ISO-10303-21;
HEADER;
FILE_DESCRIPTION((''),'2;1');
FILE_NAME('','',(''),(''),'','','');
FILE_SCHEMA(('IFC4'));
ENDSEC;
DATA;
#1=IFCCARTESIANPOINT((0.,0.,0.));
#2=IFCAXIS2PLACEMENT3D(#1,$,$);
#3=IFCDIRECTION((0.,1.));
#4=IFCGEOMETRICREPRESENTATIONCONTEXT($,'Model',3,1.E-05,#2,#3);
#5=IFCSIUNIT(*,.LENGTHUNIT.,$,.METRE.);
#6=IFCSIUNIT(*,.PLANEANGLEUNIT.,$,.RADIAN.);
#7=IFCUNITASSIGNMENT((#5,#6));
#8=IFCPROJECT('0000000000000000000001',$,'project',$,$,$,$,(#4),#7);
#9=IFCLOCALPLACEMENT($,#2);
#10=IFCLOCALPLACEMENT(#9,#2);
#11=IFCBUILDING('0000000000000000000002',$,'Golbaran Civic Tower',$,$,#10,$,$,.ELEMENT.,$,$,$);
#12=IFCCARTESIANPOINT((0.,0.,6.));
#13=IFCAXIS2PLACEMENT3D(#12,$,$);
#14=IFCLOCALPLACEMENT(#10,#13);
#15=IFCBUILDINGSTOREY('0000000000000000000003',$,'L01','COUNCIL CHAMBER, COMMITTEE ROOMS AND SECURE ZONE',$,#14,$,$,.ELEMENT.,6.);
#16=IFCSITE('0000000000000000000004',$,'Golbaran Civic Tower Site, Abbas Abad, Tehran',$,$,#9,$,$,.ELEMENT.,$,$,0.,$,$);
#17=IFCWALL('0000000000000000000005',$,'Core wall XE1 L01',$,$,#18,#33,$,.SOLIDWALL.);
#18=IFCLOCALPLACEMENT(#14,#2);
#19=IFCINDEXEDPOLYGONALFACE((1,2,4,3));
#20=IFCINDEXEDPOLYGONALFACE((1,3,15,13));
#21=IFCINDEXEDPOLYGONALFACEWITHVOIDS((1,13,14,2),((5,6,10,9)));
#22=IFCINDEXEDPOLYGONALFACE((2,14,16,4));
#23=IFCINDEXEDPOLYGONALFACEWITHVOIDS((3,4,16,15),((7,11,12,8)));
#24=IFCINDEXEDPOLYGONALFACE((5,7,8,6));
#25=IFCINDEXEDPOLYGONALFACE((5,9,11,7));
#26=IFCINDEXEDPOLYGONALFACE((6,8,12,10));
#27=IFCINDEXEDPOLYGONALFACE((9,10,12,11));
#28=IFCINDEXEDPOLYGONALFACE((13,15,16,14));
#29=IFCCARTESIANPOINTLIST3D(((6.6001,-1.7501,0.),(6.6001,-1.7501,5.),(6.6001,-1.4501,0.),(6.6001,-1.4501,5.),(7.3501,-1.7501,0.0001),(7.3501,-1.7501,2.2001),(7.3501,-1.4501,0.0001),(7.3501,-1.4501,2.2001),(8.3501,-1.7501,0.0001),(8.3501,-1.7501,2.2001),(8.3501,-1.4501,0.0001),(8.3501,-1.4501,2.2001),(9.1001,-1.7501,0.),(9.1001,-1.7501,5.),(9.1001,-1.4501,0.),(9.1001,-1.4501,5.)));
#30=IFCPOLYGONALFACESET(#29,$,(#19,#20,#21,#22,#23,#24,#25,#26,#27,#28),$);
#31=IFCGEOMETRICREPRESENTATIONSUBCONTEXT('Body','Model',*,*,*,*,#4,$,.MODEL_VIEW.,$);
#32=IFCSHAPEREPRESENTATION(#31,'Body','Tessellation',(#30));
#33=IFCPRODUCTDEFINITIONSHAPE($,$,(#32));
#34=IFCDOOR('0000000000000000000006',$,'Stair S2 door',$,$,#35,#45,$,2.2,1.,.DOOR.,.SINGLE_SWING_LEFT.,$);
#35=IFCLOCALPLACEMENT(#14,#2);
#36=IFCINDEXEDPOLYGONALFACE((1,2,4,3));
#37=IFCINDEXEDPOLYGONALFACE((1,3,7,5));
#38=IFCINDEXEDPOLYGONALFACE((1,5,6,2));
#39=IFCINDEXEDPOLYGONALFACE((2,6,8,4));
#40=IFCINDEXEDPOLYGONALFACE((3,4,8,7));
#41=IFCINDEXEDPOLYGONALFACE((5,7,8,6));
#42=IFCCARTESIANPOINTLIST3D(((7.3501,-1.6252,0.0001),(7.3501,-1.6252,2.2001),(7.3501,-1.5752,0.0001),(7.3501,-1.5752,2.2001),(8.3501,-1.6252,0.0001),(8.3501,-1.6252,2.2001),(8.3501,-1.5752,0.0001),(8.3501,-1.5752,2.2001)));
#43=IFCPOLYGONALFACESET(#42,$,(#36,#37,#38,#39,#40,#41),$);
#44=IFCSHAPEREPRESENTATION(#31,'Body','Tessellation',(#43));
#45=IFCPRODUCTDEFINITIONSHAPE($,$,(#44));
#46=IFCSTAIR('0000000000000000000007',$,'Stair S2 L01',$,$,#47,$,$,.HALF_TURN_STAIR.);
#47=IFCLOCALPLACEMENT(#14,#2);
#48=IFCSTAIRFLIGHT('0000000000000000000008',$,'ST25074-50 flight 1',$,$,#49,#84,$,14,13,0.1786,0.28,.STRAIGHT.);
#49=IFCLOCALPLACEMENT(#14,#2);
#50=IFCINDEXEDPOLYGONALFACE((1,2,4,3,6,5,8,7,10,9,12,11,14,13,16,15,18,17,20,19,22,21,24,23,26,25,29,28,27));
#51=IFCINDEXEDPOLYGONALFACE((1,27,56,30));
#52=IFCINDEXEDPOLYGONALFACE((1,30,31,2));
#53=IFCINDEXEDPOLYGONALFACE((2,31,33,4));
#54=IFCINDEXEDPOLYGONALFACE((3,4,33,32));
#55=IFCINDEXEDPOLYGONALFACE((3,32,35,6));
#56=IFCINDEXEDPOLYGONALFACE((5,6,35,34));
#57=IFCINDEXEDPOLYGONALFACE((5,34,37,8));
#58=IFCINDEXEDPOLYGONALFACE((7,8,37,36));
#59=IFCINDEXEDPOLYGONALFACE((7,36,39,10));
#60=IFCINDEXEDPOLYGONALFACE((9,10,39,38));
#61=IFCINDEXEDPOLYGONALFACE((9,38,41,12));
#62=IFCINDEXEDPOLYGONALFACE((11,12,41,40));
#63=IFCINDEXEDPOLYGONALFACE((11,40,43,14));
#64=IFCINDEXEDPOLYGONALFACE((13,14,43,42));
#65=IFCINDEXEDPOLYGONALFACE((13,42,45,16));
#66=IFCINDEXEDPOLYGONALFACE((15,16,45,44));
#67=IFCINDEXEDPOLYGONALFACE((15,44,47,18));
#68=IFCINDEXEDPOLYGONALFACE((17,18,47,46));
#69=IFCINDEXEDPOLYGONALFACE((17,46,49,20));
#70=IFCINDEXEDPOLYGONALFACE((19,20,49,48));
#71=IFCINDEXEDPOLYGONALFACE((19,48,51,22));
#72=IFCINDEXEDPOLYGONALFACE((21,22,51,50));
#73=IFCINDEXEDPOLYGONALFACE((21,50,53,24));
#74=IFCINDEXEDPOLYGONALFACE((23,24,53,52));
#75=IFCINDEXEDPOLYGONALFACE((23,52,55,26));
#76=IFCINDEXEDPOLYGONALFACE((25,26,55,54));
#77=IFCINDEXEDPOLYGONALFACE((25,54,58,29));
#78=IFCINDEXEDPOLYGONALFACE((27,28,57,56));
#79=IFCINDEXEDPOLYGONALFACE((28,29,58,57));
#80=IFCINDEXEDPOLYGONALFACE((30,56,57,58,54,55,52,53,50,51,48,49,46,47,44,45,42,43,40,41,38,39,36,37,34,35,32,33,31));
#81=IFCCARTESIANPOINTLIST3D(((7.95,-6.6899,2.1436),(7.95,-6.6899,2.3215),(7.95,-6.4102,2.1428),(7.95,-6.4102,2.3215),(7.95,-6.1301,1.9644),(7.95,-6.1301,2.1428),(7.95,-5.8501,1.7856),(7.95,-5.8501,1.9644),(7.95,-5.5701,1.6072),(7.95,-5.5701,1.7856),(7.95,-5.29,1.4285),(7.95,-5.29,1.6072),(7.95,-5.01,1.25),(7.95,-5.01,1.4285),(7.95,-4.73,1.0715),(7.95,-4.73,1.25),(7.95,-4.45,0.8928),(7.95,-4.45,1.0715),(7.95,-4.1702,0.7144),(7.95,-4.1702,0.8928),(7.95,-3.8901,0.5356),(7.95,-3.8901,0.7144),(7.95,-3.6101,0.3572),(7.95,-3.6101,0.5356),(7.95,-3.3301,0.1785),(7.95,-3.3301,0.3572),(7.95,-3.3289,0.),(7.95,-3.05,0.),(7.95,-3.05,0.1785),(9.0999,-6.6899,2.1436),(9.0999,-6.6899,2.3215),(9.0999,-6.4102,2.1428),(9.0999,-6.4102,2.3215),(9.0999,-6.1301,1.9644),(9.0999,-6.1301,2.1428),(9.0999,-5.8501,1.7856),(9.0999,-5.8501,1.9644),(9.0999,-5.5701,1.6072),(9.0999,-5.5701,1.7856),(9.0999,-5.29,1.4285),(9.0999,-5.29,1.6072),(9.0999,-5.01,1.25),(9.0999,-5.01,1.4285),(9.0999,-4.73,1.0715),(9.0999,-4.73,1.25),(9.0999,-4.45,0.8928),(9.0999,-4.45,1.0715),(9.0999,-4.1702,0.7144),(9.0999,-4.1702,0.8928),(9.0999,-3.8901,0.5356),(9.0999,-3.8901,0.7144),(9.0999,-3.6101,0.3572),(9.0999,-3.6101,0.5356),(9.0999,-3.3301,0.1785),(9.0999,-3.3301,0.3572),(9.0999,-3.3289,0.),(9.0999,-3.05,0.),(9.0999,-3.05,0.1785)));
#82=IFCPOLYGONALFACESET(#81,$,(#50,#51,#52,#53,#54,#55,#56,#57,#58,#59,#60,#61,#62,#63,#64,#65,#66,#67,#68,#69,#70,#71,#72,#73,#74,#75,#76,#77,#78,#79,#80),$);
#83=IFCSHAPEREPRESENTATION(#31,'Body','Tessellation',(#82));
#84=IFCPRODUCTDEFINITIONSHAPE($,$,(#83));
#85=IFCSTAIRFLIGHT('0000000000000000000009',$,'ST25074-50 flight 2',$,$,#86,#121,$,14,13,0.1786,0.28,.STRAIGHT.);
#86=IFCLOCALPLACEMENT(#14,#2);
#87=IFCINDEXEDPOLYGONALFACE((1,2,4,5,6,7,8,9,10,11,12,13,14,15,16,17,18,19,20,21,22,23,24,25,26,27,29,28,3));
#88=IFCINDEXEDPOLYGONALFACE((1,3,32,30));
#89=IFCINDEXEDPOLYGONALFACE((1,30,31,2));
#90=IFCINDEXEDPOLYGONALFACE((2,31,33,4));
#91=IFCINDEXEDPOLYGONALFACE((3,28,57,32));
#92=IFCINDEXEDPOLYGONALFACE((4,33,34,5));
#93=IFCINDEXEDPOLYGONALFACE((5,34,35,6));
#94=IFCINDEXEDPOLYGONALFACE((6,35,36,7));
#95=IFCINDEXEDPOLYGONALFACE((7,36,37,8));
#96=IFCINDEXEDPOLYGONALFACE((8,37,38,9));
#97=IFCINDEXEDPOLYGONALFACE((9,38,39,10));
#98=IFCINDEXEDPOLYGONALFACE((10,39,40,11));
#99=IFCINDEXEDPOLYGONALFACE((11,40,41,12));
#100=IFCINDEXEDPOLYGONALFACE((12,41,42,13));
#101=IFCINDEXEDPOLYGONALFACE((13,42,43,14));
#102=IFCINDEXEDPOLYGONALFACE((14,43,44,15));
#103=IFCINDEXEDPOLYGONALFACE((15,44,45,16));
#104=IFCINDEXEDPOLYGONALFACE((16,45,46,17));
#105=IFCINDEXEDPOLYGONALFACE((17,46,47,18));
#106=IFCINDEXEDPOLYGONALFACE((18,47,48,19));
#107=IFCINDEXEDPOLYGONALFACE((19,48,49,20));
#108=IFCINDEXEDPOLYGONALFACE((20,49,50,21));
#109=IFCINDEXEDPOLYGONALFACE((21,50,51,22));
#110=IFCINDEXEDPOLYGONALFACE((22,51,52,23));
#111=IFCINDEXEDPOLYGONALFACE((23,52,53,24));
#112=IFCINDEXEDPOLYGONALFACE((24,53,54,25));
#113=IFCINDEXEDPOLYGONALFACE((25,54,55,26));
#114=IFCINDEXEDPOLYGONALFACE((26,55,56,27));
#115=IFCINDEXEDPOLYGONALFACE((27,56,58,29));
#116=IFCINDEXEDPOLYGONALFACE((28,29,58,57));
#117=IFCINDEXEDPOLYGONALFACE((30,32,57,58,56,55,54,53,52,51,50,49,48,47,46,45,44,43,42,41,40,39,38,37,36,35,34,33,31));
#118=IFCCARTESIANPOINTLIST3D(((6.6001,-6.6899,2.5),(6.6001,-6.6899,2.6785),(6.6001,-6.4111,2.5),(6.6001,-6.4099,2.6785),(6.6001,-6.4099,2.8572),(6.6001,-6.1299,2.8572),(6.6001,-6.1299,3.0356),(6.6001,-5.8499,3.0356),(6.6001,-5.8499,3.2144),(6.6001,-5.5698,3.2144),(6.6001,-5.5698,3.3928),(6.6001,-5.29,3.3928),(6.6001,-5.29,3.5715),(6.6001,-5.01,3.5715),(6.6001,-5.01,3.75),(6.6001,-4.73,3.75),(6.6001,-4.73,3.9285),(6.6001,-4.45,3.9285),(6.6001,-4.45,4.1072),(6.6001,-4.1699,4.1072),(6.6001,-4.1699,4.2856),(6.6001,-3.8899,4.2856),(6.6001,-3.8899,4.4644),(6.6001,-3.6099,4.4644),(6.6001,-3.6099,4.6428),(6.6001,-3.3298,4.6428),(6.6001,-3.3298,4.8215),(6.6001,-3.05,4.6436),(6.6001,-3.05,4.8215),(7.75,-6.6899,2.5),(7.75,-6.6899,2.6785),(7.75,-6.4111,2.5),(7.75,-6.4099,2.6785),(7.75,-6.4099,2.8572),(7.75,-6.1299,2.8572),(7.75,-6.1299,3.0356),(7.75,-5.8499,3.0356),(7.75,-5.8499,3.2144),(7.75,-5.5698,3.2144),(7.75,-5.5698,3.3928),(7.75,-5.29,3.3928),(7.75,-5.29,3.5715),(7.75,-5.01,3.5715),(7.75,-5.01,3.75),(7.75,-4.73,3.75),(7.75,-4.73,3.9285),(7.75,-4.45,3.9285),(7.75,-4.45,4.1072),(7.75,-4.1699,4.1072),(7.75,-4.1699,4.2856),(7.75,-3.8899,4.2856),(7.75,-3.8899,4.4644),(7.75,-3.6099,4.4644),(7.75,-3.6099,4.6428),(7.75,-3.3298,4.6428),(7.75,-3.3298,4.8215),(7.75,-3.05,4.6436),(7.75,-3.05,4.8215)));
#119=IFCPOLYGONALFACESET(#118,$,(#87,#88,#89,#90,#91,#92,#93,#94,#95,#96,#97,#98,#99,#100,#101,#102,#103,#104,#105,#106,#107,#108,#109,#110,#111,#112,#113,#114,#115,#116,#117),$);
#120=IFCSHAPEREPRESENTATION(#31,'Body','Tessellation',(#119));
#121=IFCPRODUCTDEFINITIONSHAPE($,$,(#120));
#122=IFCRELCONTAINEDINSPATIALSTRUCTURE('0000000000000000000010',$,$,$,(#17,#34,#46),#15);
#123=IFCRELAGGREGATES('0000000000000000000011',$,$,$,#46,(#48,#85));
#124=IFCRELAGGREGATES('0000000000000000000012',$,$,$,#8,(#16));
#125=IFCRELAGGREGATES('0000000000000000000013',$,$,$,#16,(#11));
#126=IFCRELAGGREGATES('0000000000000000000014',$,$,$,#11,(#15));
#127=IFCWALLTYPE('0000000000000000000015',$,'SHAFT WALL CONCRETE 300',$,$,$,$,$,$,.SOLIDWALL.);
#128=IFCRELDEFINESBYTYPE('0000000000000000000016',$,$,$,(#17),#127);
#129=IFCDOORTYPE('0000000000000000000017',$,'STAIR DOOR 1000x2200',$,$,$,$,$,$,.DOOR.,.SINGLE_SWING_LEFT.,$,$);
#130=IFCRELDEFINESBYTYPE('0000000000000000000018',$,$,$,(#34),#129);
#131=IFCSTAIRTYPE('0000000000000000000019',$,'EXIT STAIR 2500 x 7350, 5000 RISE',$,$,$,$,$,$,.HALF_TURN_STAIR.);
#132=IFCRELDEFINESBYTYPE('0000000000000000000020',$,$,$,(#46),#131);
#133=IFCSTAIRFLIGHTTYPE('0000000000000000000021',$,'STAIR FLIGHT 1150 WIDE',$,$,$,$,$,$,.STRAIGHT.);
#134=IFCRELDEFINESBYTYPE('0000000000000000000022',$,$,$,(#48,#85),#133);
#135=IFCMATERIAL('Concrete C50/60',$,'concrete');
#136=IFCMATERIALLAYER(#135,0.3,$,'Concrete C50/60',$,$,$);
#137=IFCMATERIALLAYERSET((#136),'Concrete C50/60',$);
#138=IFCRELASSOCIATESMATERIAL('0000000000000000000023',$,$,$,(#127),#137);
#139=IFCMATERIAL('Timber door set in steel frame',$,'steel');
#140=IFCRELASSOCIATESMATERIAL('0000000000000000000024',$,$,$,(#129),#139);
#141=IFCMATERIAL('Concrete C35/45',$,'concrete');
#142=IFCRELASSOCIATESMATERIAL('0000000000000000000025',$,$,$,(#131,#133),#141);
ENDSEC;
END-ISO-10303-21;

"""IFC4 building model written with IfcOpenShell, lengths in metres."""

from ifc_helpers import new_model, si_unit, direction, frame, frame_2d, origin, place, context, subcontext, project, spatial, polyline, rectangle, outline, extrude, material, layer, layer_set, type_object, element, fill, aggregate, save


model = new_model("IFC4")

# Units and contexts
model_context = context("Model", 3, precision=1e-05, world=origin(), true_north=direction((0.0, 1.0)))
body_context = subcontext(model_context, "Body", "Model", "MODEL_VIEW")
ifc_project = project(units=[si_unit("LENGTHUNIT", "METRE"), si_unit("PLANEANGLEUNIT", "RADIAN")], contexts=[model_context])

# Site, building, storey
site_placement = place(None, origin())
site = spatial("IfcSite", under=ifc_project, at=site_placement, Name="Golbaran Civic Tower Site, Abbas Abad, Tehran", CompositionType="ELEMENT", RefElevation=0.0)
building_placement = place(site_placement, origin())
building = spatial("IfcBuilding", under=site, at=building_placement, Name="Golbaran Civic Tower", CompositionType="ELEMENT")
storey_placement = place(building_placement, frame((0.0, 0.0, 6.0)))
storey = spatial("IfcBuildingStorey", under=building, at=storey_placement, Name="L01", Description="COUNCIL CHAMBER, COMMITTEE ROOMS AND SECURE ZONE", CompositionType="ELEMENT", Elevation=6.0)

# Shared definitions
ifc_material_1 = material(Name="Concrete C35/45", Category="concrete")

# Shared definitions
ifc_material_2 = material(Name="Concrete C50/60", Category="concrete")
ifc_material_3 = material(Name="Timber door set in steel frame", Category="steel")

# Shared definitions
ifc_layer_1 = layer(ifc_material_2, 0.3, Name="Concrete C50/60")
ifc_layer_set_1 = layer_set([ifc_layer_1], Name="Concrete C50/60")
wall_type_1 = type_object("IfcWallType", Name="SHAFT WALL CONCRETE 300", PredefinedType="SOLIDWALL", material=ifc_layer_set_1)

# Shared definitions
door_type_1 = type_object("IfcDoorType", Name="STAIR DOOR 1000x2200", OperationType="SINGLE_SWING_LEFT", PredefinedType="DOOR", material=ifc_material_3)

# Wall, opening, door
wall_1_placement = place(storey_placement, frame((6.6001, -1.6001, 0.0), z_axis=(0.0, 0.0, 1.0), x_axis=(1.0, 0.0, 0.0)))
wall_1 = element("IfcWall", 1, at=wall_1_placement, inside=storey, type_object=wall_type_1, Name="Core wall XE1 L01", PredefinedType="SOLIDWALL", context=body_context, shape_type="SweptSolid", body=[
    extrude(rectangle(XDim=2.5, YDim=0.3, at=frame_2d((1.25, 0.0))), origin(), (0.0, 0.0, 1.0), 5.0),
])
opening_1_placement = place(wall_1_placement, frame((0.75, 0.0, 0.0)))
opening_1 = element("IfcOpeningElement", 2, at=opening_1_placement, cuts=wall_1, PredefinedType="OPENING", context=body_context, shape_type="SweptSolid", body=[
    extrude(rectangle(XDim=1.0, YDim=2.2, at=frame_2d((0.5, 1.1001))), frame((0.0, 0.1599, 0.0), z_axis=(0.0, -1.0, 0.0), x_axis=(1.0, 0.0, 0.0)), (0.0, 0.0, 1.0), 0.3201),
])
door_1_placement = place(opening_1_placement, origin())
door_1 = element("IfcDoor", 3, at=door_1_placement, inside=storey, type_object=door_type_1, Name="Stair S2 door", OperationType="SINGLE_SWING_LEFT", OverallHeight=2.2, OverallWidth=1.0, PredefinedType="DOOR", context=body_context, shape_type="SweptSolid", body=[
    extrude(rectangle(XDim=1.0, YDim=2.2, at=frame_2d((0.5, 1.1001))), frame((0.0, 0.0249, 0.0), z_axis=(0.0, -1.0, 0.0), x_axis=(1.0, 0.0, 0.0)), (0.0, 0.0, 1.0), 0.05),
])
fill(opening_1, door_1)

# Stair, stair flights
stair_type = type_object("IfcStairType", Name="EXIT STAIR 2500 x 7350, 5000 RISE", PredefinedType="HALF_TURN_STAIR", material=ifc_material_1)
stair_placement = place(storey_placement, origin())
stair = element("IfcStair", 4, at=stair_placement, inside=storey, type_object=stair_type, Name="Stair S2 L01", PredefinedType="HALF_TURN_STAIR")
stair_flight_type = type_object("IfcStairFlightType", Name="STAIR FLIGHT 1150 WIDE", PredefinedType="STRAIGHT", material=ifc_material_1)
stair_flight_1_placement = place(storey_placement, frame((8.5249, -3.05, 0.0), z_axis=(0.0, 0.0, 1.0), x_axis=(0.0, -1.0, 0.0)))
stair_flight_1 = element("IfcStairFlight", 5, at=stair_flight_1_placement, type_object=stair_flight_type, Name="ST25074-50 flight 1", NumberOfRisers=14, NumberOfTreads=13, PredefinedType="STRAIGHT", RiserHeight=0.1786, TreadLength=0.28, context=body_context, shape_type="SweptSolid", body=[
    extrude(outline(polyline([(0.0, 0.0), (0.0, 0.1785), (0.28, 0.1785), (0.28, 0.3572), (0.5601, 0.3572), (0.5601, 0.5356), (0.8401, 0.5356), (0.8401, 0.7144), (1.1201, 0.7144), (1.1201, 0.8928), (1.3999, 0.8928), (1.3999, 1.0715), (1.6799, 1.0715), (1.6799, 1.25), (1.96, 1.25), (1.96, 1.4285), (2.24, 1.4285), (2.24, 1.6072), (2.52, 1.6072), (2.52, 1.7856), (2.8, 1.7856), (2.8, 1.9644), (3.0801, 1.9644), (3.0801, 2.1428), (3.3601, 2.1428), (3.3601, 2.3215), (3.6399, 2.3215), (3.6399, 2.5), (3.6399, 2.1436), (0.2788, 0.0), (0.0, 0.0)])), frame((0.0, 0.575, 0.0), z_axis=(0.0, -1.0, 0.0), x_axis=(1.0, 0.0, 0.0)), (0.0, 0.0, 1.0), 1.1499),
])
stair_flight_2_placement = place(storey_placement, frame((7.175, -6.6899, 2.5), z_axis=(0.0, 0.0, 1.0), x_axis=(0.0, 1.0, 0.0)))
stair_flight_2 = element("IfcStairFlight", 6, at=stair_flight_2_placement, type_object=stair_flight_type, Name="ST25074-50 flight 2", NumberOfRisers=14, NumberOfTreads=13, PredefinedType="STRAIGHT", RiserHeight=0.1786, TreadLength=0.28, context=body_context, shape_type="SweptSolid", body=[
    extrude(outline(polyline([(0.0, 0.0), (0.0, 0.1785), (0.28, 0.1785), (0.28, 0.3572), (0.5601, 0.3572), (0.5601, 0.5356), (0.8401, 0.5356), (0.8401, 0.7144), (1.1201, 0.7144), (1.1201, 0.8928), (1.3999, 0.8928), (1.3999, 1.0715), (1.6799, 1.0715), (1.6799, 1.25), (1.96, 1.25), (1.96, 1.4285), (2.24, 1.4285), (2.24, 1.6072), (2.52, 1.6072), (2.52, 1.7856), (2.8, 1.7856), (2.8, 1.9644), (3.0801, 1.9644), (3.0801, 2.1428), (3.3601, 2.1428), (3.3601, 2.3215), (3.6399, 2.3215), (3.6399, 2.5), (3.6399, 2.1436), (0.2788, 0.0), (0.0, 0.0)])), frame((0.0, 0.575, 0.0), z_axis=(0.0, -1.0, 0.0), x_axis=(1.0, 0.0, 0.0)), (0.0, 0.0, 1.0), 1.1499),
])
aggregate(stair, [stair_flight_1, stair_flight_2])

save(model, "model.ifc")
